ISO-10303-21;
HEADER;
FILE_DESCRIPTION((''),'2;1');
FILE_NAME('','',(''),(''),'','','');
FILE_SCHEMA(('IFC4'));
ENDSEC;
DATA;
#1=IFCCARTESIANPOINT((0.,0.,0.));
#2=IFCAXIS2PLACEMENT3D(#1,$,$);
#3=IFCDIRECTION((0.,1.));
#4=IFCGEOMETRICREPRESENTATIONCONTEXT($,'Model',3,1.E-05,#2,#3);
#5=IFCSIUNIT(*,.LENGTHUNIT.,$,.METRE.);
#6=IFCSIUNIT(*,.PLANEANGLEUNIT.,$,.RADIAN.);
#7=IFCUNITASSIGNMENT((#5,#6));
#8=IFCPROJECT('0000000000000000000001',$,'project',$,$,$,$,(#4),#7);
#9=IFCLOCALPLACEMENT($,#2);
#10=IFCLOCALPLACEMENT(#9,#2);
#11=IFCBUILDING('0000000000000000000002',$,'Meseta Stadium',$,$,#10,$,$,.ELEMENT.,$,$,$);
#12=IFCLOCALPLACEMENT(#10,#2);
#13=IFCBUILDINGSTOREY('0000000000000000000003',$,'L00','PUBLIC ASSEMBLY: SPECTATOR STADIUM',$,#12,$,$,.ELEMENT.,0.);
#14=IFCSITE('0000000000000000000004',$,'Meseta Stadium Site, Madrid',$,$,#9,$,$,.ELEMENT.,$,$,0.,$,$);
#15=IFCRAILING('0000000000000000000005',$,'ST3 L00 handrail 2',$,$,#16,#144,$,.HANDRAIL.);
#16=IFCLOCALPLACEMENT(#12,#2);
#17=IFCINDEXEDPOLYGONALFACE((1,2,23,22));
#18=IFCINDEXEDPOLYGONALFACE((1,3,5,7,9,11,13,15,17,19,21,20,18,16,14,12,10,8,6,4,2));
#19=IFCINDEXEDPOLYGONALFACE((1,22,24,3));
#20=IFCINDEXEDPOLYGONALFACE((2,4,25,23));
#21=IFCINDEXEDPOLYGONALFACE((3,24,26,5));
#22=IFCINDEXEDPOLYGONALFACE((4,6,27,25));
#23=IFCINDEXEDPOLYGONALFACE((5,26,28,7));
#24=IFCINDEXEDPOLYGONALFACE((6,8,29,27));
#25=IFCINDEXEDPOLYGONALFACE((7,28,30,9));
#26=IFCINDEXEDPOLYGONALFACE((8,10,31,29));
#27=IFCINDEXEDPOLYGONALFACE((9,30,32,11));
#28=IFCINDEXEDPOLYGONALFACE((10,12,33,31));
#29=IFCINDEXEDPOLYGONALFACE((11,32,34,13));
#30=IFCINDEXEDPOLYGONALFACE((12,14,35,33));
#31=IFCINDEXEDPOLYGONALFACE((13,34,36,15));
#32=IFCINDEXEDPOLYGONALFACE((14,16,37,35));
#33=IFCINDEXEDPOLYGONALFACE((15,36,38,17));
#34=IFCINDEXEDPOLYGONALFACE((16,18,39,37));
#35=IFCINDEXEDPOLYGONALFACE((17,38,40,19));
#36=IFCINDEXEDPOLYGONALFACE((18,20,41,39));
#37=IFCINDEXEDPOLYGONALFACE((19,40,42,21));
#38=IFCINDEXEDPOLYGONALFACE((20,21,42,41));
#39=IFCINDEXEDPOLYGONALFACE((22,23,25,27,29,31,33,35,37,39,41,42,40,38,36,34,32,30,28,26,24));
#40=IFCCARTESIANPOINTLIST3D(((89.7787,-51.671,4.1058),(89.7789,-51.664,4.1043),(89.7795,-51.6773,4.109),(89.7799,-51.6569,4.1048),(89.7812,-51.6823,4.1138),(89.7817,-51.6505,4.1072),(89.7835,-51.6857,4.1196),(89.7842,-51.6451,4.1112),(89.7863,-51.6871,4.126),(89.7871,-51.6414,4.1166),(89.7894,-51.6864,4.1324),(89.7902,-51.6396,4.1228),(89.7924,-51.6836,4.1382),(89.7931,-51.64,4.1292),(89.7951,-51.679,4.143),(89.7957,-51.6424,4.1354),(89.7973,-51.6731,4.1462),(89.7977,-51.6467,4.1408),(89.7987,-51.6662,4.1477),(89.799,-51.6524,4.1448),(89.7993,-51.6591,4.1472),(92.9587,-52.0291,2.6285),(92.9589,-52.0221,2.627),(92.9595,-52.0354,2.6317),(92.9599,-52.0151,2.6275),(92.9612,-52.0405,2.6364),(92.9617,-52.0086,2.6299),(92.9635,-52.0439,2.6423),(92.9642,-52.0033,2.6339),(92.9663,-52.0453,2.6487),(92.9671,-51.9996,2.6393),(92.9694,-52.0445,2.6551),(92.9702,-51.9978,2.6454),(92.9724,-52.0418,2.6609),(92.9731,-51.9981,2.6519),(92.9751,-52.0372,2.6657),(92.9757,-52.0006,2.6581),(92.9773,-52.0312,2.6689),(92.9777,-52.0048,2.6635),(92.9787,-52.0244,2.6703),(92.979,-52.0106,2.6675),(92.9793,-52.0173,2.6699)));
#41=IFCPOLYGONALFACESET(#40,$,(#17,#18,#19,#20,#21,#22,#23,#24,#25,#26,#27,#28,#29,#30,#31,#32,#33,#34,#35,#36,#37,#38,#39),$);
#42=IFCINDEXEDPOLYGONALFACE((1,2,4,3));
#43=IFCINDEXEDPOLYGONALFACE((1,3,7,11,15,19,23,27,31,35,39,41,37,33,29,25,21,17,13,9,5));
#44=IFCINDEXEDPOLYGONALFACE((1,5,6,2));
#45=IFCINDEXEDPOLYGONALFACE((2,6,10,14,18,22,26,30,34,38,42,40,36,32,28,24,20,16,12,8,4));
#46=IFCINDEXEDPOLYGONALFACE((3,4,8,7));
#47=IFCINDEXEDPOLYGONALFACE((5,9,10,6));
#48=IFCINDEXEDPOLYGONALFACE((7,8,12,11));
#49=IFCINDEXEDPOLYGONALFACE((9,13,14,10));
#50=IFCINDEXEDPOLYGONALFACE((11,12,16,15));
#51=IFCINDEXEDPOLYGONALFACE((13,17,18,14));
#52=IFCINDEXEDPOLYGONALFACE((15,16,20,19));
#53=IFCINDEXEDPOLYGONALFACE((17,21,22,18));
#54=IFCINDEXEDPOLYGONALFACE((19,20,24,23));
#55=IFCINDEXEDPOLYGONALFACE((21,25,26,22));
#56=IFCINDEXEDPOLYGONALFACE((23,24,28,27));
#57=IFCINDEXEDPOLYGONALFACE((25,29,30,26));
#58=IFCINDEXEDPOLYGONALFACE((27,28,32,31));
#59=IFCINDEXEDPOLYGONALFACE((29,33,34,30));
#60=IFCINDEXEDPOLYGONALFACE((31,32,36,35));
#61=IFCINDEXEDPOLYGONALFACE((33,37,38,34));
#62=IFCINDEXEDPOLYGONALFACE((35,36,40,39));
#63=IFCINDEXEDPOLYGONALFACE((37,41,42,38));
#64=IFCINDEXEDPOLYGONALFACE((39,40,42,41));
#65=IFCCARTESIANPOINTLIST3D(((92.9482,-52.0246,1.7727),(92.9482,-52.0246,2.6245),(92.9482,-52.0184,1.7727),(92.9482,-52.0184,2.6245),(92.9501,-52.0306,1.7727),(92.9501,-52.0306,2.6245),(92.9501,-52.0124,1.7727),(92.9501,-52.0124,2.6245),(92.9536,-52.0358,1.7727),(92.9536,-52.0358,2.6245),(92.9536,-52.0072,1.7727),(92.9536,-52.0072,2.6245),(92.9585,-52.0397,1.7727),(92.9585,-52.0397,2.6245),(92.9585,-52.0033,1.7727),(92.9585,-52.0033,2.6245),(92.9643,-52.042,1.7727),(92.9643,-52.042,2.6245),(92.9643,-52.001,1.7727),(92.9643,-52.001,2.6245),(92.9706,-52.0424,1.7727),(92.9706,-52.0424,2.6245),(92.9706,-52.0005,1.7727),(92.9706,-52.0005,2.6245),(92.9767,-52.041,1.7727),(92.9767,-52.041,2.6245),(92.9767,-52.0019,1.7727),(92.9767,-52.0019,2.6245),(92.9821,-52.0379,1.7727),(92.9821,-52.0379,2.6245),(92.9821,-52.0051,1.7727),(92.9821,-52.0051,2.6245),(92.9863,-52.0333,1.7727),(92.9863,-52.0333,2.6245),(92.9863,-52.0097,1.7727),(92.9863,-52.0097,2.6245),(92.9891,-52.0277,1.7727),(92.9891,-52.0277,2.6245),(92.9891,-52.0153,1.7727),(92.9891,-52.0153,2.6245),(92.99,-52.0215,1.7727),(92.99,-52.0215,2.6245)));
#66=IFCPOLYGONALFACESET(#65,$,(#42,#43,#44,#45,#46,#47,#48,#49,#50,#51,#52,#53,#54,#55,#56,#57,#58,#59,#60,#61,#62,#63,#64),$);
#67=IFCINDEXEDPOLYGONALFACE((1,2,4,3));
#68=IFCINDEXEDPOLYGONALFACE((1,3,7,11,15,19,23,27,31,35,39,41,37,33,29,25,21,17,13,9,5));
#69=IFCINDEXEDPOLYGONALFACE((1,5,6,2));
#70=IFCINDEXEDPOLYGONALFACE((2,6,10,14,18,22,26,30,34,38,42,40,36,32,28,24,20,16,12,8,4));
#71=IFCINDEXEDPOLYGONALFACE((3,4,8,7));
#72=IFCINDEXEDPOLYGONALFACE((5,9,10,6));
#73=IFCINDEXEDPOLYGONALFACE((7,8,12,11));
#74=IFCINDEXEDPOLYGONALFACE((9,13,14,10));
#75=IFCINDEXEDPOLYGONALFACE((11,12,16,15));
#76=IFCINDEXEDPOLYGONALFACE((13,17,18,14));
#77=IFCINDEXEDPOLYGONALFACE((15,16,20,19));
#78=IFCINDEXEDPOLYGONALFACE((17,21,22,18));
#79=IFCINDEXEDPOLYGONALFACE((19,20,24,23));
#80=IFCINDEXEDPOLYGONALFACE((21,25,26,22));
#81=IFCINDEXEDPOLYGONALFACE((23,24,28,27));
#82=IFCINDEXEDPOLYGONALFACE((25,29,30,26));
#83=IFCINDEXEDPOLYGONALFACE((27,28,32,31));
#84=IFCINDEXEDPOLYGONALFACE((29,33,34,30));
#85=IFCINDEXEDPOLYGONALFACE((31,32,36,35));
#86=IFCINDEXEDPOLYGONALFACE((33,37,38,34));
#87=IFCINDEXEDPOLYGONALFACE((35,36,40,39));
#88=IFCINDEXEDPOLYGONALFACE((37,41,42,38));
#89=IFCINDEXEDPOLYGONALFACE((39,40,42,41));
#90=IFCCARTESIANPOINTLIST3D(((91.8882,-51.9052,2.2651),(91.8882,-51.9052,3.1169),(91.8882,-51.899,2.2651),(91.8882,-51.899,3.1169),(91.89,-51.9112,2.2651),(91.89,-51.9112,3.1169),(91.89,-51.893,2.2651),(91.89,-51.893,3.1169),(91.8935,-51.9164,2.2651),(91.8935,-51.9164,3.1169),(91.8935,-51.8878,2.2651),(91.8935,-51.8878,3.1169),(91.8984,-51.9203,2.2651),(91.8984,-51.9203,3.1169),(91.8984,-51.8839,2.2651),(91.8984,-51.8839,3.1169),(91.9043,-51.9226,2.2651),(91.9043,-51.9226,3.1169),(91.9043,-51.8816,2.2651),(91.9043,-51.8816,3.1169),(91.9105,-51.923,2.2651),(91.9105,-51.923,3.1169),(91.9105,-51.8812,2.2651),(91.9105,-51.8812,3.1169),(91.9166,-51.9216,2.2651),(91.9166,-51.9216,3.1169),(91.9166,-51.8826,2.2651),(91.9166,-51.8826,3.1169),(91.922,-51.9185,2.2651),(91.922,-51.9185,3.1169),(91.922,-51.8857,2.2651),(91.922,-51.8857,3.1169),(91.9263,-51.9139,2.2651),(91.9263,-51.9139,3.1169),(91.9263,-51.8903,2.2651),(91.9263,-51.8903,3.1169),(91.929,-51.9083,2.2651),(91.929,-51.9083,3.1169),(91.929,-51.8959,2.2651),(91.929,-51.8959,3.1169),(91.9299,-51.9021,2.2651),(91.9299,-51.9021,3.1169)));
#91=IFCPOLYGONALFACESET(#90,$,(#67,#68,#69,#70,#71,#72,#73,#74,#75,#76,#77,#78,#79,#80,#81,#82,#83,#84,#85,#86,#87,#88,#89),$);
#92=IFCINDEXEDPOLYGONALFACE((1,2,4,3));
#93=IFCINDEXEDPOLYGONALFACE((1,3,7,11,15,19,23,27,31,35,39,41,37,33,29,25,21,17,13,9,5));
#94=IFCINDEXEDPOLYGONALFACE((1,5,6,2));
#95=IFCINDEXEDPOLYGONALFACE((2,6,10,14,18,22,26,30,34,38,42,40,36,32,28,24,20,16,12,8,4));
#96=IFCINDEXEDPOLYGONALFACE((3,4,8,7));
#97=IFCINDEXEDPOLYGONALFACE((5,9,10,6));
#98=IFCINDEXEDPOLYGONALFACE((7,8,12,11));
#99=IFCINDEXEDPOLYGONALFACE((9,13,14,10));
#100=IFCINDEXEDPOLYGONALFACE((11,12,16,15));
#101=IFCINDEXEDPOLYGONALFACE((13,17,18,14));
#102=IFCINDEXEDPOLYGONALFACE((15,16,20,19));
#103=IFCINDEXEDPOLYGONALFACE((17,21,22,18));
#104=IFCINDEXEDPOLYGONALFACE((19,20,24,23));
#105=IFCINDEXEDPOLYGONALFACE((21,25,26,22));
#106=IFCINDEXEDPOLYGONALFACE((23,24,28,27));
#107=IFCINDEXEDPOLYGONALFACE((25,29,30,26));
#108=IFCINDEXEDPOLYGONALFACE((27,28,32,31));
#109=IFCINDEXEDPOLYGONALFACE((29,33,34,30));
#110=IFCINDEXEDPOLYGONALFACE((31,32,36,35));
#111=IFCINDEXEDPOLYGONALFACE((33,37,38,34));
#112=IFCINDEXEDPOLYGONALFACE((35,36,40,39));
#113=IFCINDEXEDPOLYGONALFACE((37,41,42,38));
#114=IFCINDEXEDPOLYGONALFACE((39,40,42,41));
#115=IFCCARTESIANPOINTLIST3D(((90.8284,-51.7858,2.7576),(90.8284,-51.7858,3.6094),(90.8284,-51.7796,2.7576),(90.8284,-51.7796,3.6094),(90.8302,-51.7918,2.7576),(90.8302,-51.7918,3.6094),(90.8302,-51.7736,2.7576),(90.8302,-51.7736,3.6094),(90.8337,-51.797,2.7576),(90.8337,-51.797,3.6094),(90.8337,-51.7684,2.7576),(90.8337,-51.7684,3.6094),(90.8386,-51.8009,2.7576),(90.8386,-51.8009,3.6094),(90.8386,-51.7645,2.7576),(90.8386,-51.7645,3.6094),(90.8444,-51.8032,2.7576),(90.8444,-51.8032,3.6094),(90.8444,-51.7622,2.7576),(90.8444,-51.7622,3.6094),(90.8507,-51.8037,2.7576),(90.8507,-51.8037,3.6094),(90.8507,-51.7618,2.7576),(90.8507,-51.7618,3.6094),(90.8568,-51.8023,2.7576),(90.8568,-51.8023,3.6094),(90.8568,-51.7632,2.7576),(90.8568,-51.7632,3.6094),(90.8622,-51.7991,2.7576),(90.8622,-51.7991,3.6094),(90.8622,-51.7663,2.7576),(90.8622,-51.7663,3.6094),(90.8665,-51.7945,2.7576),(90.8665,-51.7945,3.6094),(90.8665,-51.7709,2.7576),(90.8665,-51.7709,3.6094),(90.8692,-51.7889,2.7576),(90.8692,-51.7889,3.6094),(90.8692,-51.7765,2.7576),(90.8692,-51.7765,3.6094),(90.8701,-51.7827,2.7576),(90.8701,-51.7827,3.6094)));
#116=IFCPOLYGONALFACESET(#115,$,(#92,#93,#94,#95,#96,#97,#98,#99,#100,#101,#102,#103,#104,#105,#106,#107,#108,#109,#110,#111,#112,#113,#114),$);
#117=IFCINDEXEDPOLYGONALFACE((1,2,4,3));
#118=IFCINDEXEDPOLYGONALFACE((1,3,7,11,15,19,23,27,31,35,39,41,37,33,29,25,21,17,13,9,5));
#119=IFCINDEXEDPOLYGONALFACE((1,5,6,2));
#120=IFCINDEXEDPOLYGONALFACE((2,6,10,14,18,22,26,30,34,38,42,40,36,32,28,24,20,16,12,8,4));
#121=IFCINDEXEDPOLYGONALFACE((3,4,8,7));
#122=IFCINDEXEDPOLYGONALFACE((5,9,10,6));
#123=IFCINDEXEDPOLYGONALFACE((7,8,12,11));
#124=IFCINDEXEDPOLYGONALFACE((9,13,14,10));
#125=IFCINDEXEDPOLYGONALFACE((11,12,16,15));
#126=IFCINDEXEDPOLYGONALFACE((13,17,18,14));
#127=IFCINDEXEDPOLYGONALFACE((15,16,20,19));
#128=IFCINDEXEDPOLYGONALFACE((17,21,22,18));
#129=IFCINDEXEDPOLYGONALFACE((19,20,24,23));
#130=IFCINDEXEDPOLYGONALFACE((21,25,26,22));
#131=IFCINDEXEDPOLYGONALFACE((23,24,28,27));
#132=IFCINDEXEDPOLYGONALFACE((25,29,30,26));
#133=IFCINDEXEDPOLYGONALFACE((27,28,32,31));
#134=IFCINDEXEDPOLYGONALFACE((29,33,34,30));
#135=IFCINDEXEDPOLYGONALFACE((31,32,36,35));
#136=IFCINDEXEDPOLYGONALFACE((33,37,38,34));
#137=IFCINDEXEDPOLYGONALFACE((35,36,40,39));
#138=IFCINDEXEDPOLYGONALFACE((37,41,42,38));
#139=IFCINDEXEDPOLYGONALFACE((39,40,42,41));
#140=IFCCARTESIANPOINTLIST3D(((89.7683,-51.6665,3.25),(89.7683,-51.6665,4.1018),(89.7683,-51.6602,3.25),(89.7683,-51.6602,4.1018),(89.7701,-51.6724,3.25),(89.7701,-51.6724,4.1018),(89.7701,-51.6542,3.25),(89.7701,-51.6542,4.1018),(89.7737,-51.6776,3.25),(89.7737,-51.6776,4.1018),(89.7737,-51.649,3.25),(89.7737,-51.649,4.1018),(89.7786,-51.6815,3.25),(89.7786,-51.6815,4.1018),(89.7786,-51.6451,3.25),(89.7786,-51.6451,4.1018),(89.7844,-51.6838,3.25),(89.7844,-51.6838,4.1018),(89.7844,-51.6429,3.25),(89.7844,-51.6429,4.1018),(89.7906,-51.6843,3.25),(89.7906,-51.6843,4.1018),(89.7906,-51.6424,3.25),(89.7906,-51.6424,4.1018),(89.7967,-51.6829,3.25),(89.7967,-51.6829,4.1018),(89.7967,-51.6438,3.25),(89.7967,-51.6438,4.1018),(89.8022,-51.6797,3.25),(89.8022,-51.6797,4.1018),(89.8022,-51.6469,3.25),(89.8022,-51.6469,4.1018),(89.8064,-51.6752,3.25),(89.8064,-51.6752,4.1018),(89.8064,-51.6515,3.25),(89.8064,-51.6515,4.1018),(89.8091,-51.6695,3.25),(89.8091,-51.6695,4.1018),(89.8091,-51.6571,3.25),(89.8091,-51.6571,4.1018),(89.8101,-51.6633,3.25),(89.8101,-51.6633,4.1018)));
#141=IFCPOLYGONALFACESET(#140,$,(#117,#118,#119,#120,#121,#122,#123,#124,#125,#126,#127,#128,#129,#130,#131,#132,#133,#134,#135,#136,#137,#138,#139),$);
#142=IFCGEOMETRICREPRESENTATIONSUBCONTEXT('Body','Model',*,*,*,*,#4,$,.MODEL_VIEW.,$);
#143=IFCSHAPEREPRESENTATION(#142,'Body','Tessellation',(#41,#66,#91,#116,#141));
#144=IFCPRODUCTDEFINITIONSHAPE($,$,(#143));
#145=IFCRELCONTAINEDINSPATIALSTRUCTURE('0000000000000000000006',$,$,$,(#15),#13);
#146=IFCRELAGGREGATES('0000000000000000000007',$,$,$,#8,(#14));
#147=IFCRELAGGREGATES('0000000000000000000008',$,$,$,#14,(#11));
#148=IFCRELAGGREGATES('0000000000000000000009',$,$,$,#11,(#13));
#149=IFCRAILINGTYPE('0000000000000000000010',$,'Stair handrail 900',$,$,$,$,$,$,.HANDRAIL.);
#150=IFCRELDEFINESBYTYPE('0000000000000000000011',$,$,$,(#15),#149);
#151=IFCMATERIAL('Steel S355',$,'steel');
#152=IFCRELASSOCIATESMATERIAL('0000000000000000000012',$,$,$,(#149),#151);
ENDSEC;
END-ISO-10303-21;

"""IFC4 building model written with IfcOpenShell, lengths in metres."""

from ifc_helpers import new_model, si_unit, direction, frame, origin, origin_2d, place, context, subcontext, project, spatial, circle, extrude, material, type_object, element, save


model = new_model("IFC4")

# Units and contexts
model_context = context("Model", 3, precision=1e-05, world=origin(), true_north=direction((0.0, 1.0)))
body_context = subcontext(model_context, "Body", "Model", "MODEL_VIEW")
ifc_project = project(units=[si_unit("LENGTHUNIT", "METRE"), si_unit("PLANEANGLEUNIT", "RADIAN")], contexts=[model_context])

# Site, building, storey
site_placement = place(None, origin())
site = spatial("IfcSite", under=ifc_project, at=site_placement, Name="Meseta Stadium Site, Madrid", CompositionType="ELEMENT", RefElevation=0.0)
building_placement = place(site_placement, origin())
building = spatial("IfcBuilding", under=site, at=building_placement, Name="Meseta Stadium", CompositionType="ELEMENT")
storey_placement = place(building_placement, origin())
storey = spatial("IfcBuildingStorey", under=building, at=storey_placement, Name="L00", Description="PUBLIC ASSEMBLY: SPECTATOR STADIUM", CompositionType="ELEMENT", Elevation=0.0)

# Railing
ifc_material_1 = material(Name="Steel S355", Category="steel")
railing_type_1 = type_object("IfcRailingType", Name="Stair handrail 900", PredefinedType="HANDRAIL", material=ifc_material_1)
for number, where, name in (
    (1, (92.969, -52.0215, 1.7727), "ST3 L00 handrail 2"),
):
    element("IfcRailing", number, at=place(storey_placement, frame(where)), inside=storey, type_object=railing_type_1, Name=name, PredefinedType="HANDRAIL", context=body_context, shape_type="SweptSolid", body=[
        extrude(circle(Radius=0.0239, at=origin_2d()), frame((0.0, 0.0, 0.876), z_axis=(-0.902217, 0.101616, 0.419141), x_axis=(-0.111922, -0.993717, 0.0)), (0.0, 0.0, 1.0), 3.5247),
        extrude(circle(Radius=0.021, at=origin_2d()), origin(), (0.0, 0.0, 1.0), 0.8518),
        extrude(circle(Radius=0.021, at=origin_2d()), frame((-1.0601, 0.1194, 0.4924)), (0.0, 0.0, 1.0), 0.8518),
        extrude(circle(Radius=0.021, at=origin_2d()), frame((-2.1199, 0.2388, 0.9849)), (0.0, 0.0, 1.0), 0.8518),
        extrude(circle(Radius=0.021, at=origin_2d()), frame((-3.1799, 0.3582, 1.4773)), (0.0, 0.0, 1.0), 0.8518),
    ])

save(model, "model.ifc")
